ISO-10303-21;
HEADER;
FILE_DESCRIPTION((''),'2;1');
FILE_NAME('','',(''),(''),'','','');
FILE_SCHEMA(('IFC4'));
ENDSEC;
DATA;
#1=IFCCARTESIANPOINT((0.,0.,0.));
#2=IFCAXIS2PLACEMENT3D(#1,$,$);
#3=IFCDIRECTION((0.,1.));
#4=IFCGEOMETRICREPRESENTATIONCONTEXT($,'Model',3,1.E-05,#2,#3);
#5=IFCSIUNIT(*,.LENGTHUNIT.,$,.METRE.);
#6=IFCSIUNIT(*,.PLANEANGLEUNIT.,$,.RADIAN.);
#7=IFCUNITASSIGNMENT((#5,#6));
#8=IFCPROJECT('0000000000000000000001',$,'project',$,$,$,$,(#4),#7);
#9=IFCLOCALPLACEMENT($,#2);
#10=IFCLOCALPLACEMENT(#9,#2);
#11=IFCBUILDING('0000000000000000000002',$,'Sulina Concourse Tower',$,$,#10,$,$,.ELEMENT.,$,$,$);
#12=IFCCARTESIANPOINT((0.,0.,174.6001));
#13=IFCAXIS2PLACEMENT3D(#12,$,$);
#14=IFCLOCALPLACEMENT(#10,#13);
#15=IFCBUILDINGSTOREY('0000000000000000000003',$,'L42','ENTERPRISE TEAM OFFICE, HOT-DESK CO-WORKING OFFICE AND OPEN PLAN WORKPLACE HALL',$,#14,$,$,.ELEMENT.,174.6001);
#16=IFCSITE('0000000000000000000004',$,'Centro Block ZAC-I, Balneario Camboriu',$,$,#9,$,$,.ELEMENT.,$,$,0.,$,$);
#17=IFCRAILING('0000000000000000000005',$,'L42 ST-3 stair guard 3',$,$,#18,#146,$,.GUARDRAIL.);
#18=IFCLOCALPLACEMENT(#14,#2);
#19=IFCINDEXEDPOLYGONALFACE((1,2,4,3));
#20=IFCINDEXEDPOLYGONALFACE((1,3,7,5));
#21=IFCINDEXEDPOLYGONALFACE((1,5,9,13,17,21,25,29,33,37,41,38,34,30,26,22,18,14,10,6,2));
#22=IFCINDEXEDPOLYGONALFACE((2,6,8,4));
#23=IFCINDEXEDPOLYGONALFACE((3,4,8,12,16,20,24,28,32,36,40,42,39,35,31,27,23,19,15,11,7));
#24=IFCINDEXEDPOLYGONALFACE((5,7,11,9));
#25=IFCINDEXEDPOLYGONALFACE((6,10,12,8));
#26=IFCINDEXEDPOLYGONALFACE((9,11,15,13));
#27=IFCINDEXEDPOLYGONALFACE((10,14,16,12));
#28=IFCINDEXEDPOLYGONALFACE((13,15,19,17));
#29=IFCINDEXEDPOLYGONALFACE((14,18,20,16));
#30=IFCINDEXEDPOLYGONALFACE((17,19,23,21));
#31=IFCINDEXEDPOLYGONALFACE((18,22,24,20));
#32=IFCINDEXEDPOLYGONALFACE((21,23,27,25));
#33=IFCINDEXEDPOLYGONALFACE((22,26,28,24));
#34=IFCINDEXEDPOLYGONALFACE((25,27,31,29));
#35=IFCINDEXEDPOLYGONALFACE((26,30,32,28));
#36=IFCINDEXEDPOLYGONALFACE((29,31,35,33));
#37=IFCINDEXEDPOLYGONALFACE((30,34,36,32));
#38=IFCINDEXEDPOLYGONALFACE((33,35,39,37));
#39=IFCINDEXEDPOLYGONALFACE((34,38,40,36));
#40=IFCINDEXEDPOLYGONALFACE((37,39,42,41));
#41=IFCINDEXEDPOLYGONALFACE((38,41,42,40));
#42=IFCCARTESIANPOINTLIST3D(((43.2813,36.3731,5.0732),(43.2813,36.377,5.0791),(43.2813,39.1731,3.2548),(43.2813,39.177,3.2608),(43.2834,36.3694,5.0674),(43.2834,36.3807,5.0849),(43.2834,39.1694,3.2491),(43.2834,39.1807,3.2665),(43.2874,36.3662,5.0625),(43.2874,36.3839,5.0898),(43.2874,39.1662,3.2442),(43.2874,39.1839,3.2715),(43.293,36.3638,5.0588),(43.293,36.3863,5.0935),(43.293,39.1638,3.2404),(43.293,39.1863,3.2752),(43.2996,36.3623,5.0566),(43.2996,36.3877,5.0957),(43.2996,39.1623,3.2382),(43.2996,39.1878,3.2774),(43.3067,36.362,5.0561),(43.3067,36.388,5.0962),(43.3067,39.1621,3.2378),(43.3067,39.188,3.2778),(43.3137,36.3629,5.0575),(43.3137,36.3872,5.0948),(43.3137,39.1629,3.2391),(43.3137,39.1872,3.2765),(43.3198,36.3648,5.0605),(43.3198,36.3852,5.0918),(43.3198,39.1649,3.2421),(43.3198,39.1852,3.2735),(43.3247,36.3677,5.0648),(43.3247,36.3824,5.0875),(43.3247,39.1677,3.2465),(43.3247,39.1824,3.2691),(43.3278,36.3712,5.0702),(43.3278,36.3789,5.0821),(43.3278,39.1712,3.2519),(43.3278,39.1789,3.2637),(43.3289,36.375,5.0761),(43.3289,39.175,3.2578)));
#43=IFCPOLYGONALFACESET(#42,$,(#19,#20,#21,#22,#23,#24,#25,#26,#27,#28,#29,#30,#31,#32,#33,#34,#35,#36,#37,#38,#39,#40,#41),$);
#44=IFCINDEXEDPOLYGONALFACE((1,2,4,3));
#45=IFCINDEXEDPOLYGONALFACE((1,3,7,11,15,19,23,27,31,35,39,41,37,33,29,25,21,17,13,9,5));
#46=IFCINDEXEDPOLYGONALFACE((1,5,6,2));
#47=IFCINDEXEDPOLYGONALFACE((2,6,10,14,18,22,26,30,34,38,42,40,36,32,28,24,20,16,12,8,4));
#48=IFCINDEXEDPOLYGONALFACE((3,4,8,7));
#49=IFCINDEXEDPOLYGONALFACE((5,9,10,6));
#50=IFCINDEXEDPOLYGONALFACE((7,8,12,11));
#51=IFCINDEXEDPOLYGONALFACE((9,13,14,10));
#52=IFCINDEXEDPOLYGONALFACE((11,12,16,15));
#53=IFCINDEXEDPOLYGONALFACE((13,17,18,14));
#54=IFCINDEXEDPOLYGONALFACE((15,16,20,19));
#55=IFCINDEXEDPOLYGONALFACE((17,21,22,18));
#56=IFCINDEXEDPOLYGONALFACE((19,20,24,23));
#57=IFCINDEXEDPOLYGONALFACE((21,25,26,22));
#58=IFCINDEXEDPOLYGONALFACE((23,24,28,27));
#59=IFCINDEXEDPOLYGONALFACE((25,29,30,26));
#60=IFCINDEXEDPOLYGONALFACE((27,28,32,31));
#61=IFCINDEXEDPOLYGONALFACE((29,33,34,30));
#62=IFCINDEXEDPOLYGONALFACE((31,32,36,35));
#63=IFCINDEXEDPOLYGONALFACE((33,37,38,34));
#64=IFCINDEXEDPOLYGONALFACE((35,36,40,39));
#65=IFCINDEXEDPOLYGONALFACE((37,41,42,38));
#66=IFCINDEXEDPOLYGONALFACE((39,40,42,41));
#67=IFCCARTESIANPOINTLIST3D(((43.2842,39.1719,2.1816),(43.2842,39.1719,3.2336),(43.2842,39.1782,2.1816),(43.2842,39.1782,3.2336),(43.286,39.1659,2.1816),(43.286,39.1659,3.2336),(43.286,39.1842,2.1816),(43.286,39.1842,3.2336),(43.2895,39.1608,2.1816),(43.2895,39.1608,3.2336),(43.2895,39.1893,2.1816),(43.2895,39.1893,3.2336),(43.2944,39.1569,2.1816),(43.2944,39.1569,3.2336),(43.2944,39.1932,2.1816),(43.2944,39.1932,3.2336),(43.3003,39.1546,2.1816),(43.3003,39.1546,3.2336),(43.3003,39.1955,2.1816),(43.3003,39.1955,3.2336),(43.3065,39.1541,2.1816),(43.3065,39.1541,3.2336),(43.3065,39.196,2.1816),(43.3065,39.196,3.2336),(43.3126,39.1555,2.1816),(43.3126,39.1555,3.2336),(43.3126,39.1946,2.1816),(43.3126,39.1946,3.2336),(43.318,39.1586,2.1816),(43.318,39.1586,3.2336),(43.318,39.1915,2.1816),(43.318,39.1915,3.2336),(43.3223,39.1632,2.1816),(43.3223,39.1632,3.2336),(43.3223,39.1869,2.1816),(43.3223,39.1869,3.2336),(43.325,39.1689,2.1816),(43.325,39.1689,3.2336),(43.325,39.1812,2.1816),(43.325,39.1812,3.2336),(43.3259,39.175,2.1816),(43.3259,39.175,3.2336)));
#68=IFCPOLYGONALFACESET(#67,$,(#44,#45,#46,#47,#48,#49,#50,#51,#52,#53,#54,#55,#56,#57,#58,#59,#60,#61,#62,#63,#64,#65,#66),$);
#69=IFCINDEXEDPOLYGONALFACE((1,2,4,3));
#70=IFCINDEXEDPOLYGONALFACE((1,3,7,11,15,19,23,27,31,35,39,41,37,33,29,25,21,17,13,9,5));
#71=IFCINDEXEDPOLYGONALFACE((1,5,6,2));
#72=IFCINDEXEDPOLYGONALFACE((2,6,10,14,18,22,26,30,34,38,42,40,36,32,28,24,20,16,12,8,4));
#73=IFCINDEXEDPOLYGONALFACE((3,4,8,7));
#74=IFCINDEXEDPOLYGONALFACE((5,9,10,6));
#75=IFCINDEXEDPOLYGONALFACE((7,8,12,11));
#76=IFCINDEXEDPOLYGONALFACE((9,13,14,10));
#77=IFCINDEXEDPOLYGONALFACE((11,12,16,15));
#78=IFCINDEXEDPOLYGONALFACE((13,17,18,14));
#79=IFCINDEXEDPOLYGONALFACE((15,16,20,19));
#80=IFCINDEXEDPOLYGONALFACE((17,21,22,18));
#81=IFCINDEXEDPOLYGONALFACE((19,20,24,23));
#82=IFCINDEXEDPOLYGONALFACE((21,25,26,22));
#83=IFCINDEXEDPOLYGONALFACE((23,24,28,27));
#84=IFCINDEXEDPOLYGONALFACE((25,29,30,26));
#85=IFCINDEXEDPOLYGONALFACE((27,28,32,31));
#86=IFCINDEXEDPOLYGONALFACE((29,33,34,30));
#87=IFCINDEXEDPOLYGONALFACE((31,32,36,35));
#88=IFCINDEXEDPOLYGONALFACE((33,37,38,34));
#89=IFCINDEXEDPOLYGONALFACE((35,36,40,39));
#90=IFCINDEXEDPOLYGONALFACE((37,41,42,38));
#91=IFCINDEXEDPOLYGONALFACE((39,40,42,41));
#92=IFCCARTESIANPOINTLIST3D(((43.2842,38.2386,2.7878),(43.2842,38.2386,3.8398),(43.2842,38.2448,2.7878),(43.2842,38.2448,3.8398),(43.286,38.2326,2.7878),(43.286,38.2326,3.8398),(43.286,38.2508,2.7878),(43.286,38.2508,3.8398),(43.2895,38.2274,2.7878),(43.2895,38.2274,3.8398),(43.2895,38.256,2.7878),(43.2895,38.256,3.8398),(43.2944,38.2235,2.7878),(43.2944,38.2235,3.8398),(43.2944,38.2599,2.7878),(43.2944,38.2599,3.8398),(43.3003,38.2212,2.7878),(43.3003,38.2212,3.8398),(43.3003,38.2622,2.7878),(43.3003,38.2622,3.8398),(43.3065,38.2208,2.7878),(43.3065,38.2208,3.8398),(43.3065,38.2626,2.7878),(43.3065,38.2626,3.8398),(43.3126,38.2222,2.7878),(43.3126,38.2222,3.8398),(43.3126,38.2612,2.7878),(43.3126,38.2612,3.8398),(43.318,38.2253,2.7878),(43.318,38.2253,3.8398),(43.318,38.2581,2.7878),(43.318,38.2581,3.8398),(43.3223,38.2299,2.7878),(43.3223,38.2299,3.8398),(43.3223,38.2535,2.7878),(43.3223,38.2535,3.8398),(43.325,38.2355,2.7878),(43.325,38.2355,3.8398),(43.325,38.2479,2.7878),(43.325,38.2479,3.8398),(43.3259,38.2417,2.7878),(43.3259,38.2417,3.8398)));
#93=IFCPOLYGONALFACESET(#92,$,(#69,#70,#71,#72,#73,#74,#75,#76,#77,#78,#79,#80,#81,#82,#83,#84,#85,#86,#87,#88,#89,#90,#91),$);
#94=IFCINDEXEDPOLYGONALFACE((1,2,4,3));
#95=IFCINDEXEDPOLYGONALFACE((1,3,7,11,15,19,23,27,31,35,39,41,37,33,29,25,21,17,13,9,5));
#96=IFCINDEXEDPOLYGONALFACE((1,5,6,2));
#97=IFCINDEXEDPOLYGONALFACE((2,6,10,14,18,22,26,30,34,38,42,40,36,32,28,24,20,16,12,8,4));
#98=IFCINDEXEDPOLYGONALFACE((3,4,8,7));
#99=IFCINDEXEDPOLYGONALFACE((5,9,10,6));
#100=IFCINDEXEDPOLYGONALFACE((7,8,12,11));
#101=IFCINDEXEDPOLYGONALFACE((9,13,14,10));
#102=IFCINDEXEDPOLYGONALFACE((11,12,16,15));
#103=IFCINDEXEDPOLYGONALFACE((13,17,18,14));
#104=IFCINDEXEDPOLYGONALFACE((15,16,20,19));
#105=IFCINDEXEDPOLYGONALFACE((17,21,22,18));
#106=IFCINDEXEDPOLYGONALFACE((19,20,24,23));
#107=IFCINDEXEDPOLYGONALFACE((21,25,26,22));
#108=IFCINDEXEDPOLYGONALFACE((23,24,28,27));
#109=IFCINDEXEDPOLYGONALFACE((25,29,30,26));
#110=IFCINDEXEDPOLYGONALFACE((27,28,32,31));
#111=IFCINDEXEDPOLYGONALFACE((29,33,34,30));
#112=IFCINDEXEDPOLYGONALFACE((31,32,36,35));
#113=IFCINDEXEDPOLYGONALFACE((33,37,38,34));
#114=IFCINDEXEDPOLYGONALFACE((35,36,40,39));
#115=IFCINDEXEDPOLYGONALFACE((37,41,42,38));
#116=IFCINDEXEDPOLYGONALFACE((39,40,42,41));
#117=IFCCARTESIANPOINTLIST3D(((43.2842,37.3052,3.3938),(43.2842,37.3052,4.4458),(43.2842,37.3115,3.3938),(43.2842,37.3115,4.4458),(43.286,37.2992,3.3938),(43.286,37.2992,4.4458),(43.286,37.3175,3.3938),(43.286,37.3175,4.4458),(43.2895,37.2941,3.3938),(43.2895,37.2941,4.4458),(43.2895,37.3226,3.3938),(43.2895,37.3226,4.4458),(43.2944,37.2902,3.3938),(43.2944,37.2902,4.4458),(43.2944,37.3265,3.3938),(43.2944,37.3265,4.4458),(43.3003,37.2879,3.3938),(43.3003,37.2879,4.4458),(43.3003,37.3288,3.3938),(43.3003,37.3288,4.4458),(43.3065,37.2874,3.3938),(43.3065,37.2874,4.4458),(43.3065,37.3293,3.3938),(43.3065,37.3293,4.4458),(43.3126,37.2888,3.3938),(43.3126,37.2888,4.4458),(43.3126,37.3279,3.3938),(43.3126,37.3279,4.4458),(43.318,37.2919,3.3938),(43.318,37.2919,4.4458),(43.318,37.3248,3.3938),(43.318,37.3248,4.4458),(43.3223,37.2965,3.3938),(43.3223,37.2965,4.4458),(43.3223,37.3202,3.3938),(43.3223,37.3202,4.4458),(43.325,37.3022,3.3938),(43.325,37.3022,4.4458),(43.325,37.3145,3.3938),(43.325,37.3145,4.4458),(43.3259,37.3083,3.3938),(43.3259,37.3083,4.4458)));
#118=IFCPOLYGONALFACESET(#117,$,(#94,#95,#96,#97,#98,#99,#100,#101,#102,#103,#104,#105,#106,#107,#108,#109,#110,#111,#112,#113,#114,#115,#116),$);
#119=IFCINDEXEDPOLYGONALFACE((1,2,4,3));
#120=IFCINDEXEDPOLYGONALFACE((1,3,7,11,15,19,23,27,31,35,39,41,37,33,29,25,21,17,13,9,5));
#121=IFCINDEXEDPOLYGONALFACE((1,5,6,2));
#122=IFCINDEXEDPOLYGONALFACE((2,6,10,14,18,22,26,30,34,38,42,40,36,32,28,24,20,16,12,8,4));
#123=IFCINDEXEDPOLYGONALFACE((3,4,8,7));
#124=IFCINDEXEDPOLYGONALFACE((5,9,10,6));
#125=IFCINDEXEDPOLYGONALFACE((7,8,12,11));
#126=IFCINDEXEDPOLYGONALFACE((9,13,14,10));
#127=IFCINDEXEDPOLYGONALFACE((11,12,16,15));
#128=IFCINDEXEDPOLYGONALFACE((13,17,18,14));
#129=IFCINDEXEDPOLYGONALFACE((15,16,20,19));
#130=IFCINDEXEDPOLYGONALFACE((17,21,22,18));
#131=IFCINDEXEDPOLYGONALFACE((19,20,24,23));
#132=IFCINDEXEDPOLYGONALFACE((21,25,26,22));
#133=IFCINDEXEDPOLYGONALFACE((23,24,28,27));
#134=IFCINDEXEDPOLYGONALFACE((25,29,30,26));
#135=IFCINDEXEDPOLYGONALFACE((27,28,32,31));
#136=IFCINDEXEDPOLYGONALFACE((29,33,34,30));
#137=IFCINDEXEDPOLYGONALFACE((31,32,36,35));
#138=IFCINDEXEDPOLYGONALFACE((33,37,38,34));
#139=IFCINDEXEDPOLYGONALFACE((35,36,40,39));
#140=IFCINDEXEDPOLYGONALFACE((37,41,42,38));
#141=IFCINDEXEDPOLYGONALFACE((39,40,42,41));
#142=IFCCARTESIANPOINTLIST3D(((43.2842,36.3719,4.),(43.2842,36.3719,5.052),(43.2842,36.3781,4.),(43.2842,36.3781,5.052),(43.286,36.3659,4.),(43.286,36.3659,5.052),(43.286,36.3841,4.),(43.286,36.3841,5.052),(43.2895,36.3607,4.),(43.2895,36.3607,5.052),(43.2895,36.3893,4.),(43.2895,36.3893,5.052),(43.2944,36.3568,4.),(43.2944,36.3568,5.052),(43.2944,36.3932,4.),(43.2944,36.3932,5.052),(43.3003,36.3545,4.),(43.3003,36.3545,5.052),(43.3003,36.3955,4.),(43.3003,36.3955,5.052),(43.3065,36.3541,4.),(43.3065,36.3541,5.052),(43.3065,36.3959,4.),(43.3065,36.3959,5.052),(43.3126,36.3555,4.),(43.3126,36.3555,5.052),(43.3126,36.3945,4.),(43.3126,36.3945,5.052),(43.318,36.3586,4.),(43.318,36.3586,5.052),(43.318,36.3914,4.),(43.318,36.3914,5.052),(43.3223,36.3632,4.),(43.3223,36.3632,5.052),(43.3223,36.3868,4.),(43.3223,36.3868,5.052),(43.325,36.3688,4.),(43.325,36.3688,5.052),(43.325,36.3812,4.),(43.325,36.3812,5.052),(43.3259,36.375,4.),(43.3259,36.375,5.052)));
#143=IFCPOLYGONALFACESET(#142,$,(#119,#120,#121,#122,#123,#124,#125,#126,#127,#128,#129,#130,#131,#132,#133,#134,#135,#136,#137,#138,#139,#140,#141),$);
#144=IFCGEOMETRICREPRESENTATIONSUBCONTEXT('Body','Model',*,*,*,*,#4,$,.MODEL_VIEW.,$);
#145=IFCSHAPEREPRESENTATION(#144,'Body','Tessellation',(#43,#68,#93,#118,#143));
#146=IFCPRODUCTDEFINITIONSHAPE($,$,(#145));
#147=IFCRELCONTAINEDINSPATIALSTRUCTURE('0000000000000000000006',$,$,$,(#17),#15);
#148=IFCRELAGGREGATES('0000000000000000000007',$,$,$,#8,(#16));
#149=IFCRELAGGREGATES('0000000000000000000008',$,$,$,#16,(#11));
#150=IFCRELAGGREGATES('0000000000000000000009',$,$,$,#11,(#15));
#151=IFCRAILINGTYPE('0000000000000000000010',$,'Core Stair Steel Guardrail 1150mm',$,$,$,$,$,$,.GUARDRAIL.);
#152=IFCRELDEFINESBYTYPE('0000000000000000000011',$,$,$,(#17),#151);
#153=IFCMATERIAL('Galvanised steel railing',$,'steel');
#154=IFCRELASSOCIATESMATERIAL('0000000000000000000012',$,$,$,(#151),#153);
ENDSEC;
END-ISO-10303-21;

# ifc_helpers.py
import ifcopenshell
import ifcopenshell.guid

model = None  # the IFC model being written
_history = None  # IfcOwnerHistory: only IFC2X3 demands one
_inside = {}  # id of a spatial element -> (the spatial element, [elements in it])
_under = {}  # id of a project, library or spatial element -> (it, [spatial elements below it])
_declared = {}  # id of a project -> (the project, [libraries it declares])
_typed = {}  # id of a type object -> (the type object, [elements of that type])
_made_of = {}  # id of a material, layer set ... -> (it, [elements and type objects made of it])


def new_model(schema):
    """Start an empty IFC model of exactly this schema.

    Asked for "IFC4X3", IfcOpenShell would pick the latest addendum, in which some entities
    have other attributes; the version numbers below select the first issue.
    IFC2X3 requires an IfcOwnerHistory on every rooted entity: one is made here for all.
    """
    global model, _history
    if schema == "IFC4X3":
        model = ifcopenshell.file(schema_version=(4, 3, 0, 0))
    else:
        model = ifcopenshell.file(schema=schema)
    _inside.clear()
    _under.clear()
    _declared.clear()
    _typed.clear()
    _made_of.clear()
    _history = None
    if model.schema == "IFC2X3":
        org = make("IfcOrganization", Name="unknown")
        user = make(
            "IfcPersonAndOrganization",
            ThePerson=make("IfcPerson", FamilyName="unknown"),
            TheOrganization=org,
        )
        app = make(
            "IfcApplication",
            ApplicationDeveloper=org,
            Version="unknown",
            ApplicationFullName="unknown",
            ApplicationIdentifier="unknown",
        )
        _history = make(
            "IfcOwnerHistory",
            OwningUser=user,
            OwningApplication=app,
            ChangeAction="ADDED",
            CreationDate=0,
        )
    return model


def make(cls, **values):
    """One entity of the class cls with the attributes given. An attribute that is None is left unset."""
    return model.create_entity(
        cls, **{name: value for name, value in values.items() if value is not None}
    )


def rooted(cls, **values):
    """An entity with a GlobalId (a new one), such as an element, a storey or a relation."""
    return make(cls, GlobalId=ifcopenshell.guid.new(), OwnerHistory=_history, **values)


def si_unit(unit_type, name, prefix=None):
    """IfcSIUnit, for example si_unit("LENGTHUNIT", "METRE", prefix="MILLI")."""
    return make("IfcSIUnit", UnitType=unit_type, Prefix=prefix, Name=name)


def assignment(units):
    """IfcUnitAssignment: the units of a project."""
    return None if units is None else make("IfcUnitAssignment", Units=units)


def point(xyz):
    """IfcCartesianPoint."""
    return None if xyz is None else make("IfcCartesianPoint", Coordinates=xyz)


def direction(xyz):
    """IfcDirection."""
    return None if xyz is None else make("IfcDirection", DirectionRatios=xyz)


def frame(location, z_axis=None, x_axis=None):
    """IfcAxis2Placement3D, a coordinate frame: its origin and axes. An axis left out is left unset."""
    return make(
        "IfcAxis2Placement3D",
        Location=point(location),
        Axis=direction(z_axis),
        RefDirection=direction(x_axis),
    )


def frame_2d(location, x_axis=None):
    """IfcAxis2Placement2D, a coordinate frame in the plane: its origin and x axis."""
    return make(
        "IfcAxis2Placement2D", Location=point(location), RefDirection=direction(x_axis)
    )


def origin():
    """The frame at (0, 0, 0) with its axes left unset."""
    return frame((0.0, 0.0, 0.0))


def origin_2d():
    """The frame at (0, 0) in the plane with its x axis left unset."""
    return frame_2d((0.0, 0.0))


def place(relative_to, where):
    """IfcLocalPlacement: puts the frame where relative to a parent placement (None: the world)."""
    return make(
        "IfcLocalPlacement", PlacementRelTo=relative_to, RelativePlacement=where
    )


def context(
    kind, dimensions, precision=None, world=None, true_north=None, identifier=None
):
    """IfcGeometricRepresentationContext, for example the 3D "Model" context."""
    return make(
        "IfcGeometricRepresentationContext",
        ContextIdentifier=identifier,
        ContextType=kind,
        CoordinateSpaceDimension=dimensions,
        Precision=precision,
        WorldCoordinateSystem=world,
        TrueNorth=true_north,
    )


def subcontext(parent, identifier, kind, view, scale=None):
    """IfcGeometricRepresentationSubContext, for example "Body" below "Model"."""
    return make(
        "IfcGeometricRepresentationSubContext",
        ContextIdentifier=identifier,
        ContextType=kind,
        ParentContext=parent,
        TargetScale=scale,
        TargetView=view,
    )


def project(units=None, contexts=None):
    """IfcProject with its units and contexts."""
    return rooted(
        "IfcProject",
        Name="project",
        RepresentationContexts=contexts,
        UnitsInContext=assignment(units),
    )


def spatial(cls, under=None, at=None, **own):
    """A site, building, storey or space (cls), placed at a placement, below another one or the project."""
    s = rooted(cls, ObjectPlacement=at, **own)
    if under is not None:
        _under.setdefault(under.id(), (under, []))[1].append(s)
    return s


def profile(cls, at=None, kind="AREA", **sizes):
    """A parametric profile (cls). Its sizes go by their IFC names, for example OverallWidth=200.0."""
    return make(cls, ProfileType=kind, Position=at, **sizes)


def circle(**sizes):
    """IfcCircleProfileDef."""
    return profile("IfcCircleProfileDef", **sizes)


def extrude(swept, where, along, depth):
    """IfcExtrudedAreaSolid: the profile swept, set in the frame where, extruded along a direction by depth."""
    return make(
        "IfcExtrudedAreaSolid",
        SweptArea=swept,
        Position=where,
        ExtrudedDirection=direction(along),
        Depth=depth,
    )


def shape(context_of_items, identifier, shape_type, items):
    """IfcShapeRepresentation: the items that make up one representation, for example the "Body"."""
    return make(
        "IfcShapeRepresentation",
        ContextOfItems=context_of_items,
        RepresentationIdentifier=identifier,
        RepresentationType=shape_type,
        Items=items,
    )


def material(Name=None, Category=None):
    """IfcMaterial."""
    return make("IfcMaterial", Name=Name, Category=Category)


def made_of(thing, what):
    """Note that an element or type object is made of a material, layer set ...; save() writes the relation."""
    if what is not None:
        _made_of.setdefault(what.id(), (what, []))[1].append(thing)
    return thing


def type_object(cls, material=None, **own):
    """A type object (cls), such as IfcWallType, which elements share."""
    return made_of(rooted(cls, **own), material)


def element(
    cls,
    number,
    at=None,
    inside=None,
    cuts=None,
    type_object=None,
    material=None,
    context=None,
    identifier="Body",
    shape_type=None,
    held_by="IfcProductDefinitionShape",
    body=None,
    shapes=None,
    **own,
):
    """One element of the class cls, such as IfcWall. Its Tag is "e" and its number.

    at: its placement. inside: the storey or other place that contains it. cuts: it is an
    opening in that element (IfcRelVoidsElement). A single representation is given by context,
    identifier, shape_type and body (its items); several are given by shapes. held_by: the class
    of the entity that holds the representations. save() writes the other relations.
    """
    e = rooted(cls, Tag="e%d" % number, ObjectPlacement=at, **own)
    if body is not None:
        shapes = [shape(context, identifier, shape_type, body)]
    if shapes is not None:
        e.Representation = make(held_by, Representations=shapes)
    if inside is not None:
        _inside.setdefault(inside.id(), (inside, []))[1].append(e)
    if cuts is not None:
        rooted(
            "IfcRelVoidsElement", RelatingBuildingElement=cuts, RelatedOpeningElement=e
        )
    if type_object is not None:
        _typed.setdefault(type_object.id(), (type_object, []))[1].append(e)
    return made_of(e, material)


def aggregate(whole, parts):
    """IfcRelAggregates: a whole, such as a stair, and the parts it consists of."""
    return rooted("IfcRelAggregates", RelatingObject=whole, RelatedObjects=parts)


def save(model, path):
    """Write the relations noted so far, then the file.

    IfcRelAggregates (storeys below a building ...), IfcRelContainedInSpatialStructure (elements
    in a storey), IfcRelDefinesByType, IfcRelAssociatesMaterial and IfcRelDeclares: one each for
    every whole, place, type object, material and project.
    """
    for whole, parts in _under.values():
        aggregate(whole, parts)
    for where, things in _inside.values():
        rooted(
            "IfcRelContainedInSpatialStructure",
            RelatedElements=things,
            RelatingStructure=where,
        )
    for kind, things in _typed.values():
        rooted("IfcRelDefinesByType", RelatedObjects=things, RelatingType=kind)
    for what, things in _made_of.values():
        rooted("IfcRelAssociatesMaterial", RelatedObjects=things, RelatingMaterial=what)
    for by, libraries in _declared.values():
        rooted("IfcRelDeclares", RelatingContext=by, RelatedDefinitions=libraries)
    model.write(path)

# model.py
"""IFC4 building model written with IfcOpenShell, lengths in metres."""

from ifc_helpers import new_model, si_unit, direction, frame, origin, origin_2d, place, context, subcontext, project, spatial, circle, extrude, material, type_object, element, save


model = new_model("IFC4")

# Units and contexts
model_context = context("Model", 3, precision=1e-05, world=origin(), true_north=direction((0.0, 1.0)))
body_context = subcontext(model_context, "Body", "Model", "MODEL_VIEW")
ifc_project = project(units=[si_unit("LENGTHUNIT", "METRE"), si_unit("PLANEANGLEUNIT", "RADIAN")], contexts=[model_context])

# Site, building, storey
site_placement = place(None, origin())
site = spatial("IfcSite", under=ifc_project, at=site_placement, Name="Centro Block ZAC-I, Balneario Camboriu", CompositionType="ELEMENT", RefElevation=0.0)
building_placement = place(site_placement, origin())
building = spatial("IfcBuilding", under=site, at=building_placement, Name="Sulina Concourse Tower", CompositionType="ELEMENT")
storey_placement = place(building_placement, frame((0.0, 0.0, 174.6001)))
storey = spatial("IfcBuildingStorey", under=building, at=storey_placement, Name="L42", Description="ENTERPRISE TEAM OFFICE, HOT-DESK CO-WORKING OFFICE AND OPEN PLAN WORKPLACE HALL", CompositionType="ELEMENT", Elevation=174.6001)

# Railing
ifc_material_1 = material(Name="Galvanised steel railing", Category="steel")
railing_type_1 = type_object("IfcRailingType", Name="Core Stair Steel Guardrail 1150mm", PredefinedType="GUARDRAIL", material=ifc_material_1)
railing_1_placement = place(storey_placement, frame((43.3049, 39.175, 2.1816)))
element("IfcRailing", 1, at=railing_1_placement, inside=storey, type_object=railing_type_1, Name="L42 ST-3 stair guard 3", PredefinedType="GUARDRAIL", context=body_context, shape_type="SweptSolid", body=[
    extrude(circle(Radius=0.0239, at=origin_2d()), frame((0.0, 0.0, 1.0762), z_axis=(0.0, -0.838672, 0.544636), x_axis=(1.0, 0.0, 0.0)), (0.0, 0.0, 1.0), 3.3386),
    extrude(circle(Radius=0.021, at=origin_2d()), origin(), (0.0, 0.0, 1.0), 1.052),
    extrude(circle(Radius=0.021, at=origin_2d()), frame((0.0, -0.9333, 0.6062)), (0.0, 0.0, 1.0), 1.052),
    extrude(circle(Radius=0.021, at=origin_2d()), frame((0.0, -1.8667, 1.2122)), (0.0, 0.0, 1.0), 1.052),
    extrude(circle(Radius=0.021, at=origin_2d()), frame((0.0, -2.8, 1.8184)), (0.0, 0.0, 1.0), 1.052),
])

save(model, "model.ifc")
